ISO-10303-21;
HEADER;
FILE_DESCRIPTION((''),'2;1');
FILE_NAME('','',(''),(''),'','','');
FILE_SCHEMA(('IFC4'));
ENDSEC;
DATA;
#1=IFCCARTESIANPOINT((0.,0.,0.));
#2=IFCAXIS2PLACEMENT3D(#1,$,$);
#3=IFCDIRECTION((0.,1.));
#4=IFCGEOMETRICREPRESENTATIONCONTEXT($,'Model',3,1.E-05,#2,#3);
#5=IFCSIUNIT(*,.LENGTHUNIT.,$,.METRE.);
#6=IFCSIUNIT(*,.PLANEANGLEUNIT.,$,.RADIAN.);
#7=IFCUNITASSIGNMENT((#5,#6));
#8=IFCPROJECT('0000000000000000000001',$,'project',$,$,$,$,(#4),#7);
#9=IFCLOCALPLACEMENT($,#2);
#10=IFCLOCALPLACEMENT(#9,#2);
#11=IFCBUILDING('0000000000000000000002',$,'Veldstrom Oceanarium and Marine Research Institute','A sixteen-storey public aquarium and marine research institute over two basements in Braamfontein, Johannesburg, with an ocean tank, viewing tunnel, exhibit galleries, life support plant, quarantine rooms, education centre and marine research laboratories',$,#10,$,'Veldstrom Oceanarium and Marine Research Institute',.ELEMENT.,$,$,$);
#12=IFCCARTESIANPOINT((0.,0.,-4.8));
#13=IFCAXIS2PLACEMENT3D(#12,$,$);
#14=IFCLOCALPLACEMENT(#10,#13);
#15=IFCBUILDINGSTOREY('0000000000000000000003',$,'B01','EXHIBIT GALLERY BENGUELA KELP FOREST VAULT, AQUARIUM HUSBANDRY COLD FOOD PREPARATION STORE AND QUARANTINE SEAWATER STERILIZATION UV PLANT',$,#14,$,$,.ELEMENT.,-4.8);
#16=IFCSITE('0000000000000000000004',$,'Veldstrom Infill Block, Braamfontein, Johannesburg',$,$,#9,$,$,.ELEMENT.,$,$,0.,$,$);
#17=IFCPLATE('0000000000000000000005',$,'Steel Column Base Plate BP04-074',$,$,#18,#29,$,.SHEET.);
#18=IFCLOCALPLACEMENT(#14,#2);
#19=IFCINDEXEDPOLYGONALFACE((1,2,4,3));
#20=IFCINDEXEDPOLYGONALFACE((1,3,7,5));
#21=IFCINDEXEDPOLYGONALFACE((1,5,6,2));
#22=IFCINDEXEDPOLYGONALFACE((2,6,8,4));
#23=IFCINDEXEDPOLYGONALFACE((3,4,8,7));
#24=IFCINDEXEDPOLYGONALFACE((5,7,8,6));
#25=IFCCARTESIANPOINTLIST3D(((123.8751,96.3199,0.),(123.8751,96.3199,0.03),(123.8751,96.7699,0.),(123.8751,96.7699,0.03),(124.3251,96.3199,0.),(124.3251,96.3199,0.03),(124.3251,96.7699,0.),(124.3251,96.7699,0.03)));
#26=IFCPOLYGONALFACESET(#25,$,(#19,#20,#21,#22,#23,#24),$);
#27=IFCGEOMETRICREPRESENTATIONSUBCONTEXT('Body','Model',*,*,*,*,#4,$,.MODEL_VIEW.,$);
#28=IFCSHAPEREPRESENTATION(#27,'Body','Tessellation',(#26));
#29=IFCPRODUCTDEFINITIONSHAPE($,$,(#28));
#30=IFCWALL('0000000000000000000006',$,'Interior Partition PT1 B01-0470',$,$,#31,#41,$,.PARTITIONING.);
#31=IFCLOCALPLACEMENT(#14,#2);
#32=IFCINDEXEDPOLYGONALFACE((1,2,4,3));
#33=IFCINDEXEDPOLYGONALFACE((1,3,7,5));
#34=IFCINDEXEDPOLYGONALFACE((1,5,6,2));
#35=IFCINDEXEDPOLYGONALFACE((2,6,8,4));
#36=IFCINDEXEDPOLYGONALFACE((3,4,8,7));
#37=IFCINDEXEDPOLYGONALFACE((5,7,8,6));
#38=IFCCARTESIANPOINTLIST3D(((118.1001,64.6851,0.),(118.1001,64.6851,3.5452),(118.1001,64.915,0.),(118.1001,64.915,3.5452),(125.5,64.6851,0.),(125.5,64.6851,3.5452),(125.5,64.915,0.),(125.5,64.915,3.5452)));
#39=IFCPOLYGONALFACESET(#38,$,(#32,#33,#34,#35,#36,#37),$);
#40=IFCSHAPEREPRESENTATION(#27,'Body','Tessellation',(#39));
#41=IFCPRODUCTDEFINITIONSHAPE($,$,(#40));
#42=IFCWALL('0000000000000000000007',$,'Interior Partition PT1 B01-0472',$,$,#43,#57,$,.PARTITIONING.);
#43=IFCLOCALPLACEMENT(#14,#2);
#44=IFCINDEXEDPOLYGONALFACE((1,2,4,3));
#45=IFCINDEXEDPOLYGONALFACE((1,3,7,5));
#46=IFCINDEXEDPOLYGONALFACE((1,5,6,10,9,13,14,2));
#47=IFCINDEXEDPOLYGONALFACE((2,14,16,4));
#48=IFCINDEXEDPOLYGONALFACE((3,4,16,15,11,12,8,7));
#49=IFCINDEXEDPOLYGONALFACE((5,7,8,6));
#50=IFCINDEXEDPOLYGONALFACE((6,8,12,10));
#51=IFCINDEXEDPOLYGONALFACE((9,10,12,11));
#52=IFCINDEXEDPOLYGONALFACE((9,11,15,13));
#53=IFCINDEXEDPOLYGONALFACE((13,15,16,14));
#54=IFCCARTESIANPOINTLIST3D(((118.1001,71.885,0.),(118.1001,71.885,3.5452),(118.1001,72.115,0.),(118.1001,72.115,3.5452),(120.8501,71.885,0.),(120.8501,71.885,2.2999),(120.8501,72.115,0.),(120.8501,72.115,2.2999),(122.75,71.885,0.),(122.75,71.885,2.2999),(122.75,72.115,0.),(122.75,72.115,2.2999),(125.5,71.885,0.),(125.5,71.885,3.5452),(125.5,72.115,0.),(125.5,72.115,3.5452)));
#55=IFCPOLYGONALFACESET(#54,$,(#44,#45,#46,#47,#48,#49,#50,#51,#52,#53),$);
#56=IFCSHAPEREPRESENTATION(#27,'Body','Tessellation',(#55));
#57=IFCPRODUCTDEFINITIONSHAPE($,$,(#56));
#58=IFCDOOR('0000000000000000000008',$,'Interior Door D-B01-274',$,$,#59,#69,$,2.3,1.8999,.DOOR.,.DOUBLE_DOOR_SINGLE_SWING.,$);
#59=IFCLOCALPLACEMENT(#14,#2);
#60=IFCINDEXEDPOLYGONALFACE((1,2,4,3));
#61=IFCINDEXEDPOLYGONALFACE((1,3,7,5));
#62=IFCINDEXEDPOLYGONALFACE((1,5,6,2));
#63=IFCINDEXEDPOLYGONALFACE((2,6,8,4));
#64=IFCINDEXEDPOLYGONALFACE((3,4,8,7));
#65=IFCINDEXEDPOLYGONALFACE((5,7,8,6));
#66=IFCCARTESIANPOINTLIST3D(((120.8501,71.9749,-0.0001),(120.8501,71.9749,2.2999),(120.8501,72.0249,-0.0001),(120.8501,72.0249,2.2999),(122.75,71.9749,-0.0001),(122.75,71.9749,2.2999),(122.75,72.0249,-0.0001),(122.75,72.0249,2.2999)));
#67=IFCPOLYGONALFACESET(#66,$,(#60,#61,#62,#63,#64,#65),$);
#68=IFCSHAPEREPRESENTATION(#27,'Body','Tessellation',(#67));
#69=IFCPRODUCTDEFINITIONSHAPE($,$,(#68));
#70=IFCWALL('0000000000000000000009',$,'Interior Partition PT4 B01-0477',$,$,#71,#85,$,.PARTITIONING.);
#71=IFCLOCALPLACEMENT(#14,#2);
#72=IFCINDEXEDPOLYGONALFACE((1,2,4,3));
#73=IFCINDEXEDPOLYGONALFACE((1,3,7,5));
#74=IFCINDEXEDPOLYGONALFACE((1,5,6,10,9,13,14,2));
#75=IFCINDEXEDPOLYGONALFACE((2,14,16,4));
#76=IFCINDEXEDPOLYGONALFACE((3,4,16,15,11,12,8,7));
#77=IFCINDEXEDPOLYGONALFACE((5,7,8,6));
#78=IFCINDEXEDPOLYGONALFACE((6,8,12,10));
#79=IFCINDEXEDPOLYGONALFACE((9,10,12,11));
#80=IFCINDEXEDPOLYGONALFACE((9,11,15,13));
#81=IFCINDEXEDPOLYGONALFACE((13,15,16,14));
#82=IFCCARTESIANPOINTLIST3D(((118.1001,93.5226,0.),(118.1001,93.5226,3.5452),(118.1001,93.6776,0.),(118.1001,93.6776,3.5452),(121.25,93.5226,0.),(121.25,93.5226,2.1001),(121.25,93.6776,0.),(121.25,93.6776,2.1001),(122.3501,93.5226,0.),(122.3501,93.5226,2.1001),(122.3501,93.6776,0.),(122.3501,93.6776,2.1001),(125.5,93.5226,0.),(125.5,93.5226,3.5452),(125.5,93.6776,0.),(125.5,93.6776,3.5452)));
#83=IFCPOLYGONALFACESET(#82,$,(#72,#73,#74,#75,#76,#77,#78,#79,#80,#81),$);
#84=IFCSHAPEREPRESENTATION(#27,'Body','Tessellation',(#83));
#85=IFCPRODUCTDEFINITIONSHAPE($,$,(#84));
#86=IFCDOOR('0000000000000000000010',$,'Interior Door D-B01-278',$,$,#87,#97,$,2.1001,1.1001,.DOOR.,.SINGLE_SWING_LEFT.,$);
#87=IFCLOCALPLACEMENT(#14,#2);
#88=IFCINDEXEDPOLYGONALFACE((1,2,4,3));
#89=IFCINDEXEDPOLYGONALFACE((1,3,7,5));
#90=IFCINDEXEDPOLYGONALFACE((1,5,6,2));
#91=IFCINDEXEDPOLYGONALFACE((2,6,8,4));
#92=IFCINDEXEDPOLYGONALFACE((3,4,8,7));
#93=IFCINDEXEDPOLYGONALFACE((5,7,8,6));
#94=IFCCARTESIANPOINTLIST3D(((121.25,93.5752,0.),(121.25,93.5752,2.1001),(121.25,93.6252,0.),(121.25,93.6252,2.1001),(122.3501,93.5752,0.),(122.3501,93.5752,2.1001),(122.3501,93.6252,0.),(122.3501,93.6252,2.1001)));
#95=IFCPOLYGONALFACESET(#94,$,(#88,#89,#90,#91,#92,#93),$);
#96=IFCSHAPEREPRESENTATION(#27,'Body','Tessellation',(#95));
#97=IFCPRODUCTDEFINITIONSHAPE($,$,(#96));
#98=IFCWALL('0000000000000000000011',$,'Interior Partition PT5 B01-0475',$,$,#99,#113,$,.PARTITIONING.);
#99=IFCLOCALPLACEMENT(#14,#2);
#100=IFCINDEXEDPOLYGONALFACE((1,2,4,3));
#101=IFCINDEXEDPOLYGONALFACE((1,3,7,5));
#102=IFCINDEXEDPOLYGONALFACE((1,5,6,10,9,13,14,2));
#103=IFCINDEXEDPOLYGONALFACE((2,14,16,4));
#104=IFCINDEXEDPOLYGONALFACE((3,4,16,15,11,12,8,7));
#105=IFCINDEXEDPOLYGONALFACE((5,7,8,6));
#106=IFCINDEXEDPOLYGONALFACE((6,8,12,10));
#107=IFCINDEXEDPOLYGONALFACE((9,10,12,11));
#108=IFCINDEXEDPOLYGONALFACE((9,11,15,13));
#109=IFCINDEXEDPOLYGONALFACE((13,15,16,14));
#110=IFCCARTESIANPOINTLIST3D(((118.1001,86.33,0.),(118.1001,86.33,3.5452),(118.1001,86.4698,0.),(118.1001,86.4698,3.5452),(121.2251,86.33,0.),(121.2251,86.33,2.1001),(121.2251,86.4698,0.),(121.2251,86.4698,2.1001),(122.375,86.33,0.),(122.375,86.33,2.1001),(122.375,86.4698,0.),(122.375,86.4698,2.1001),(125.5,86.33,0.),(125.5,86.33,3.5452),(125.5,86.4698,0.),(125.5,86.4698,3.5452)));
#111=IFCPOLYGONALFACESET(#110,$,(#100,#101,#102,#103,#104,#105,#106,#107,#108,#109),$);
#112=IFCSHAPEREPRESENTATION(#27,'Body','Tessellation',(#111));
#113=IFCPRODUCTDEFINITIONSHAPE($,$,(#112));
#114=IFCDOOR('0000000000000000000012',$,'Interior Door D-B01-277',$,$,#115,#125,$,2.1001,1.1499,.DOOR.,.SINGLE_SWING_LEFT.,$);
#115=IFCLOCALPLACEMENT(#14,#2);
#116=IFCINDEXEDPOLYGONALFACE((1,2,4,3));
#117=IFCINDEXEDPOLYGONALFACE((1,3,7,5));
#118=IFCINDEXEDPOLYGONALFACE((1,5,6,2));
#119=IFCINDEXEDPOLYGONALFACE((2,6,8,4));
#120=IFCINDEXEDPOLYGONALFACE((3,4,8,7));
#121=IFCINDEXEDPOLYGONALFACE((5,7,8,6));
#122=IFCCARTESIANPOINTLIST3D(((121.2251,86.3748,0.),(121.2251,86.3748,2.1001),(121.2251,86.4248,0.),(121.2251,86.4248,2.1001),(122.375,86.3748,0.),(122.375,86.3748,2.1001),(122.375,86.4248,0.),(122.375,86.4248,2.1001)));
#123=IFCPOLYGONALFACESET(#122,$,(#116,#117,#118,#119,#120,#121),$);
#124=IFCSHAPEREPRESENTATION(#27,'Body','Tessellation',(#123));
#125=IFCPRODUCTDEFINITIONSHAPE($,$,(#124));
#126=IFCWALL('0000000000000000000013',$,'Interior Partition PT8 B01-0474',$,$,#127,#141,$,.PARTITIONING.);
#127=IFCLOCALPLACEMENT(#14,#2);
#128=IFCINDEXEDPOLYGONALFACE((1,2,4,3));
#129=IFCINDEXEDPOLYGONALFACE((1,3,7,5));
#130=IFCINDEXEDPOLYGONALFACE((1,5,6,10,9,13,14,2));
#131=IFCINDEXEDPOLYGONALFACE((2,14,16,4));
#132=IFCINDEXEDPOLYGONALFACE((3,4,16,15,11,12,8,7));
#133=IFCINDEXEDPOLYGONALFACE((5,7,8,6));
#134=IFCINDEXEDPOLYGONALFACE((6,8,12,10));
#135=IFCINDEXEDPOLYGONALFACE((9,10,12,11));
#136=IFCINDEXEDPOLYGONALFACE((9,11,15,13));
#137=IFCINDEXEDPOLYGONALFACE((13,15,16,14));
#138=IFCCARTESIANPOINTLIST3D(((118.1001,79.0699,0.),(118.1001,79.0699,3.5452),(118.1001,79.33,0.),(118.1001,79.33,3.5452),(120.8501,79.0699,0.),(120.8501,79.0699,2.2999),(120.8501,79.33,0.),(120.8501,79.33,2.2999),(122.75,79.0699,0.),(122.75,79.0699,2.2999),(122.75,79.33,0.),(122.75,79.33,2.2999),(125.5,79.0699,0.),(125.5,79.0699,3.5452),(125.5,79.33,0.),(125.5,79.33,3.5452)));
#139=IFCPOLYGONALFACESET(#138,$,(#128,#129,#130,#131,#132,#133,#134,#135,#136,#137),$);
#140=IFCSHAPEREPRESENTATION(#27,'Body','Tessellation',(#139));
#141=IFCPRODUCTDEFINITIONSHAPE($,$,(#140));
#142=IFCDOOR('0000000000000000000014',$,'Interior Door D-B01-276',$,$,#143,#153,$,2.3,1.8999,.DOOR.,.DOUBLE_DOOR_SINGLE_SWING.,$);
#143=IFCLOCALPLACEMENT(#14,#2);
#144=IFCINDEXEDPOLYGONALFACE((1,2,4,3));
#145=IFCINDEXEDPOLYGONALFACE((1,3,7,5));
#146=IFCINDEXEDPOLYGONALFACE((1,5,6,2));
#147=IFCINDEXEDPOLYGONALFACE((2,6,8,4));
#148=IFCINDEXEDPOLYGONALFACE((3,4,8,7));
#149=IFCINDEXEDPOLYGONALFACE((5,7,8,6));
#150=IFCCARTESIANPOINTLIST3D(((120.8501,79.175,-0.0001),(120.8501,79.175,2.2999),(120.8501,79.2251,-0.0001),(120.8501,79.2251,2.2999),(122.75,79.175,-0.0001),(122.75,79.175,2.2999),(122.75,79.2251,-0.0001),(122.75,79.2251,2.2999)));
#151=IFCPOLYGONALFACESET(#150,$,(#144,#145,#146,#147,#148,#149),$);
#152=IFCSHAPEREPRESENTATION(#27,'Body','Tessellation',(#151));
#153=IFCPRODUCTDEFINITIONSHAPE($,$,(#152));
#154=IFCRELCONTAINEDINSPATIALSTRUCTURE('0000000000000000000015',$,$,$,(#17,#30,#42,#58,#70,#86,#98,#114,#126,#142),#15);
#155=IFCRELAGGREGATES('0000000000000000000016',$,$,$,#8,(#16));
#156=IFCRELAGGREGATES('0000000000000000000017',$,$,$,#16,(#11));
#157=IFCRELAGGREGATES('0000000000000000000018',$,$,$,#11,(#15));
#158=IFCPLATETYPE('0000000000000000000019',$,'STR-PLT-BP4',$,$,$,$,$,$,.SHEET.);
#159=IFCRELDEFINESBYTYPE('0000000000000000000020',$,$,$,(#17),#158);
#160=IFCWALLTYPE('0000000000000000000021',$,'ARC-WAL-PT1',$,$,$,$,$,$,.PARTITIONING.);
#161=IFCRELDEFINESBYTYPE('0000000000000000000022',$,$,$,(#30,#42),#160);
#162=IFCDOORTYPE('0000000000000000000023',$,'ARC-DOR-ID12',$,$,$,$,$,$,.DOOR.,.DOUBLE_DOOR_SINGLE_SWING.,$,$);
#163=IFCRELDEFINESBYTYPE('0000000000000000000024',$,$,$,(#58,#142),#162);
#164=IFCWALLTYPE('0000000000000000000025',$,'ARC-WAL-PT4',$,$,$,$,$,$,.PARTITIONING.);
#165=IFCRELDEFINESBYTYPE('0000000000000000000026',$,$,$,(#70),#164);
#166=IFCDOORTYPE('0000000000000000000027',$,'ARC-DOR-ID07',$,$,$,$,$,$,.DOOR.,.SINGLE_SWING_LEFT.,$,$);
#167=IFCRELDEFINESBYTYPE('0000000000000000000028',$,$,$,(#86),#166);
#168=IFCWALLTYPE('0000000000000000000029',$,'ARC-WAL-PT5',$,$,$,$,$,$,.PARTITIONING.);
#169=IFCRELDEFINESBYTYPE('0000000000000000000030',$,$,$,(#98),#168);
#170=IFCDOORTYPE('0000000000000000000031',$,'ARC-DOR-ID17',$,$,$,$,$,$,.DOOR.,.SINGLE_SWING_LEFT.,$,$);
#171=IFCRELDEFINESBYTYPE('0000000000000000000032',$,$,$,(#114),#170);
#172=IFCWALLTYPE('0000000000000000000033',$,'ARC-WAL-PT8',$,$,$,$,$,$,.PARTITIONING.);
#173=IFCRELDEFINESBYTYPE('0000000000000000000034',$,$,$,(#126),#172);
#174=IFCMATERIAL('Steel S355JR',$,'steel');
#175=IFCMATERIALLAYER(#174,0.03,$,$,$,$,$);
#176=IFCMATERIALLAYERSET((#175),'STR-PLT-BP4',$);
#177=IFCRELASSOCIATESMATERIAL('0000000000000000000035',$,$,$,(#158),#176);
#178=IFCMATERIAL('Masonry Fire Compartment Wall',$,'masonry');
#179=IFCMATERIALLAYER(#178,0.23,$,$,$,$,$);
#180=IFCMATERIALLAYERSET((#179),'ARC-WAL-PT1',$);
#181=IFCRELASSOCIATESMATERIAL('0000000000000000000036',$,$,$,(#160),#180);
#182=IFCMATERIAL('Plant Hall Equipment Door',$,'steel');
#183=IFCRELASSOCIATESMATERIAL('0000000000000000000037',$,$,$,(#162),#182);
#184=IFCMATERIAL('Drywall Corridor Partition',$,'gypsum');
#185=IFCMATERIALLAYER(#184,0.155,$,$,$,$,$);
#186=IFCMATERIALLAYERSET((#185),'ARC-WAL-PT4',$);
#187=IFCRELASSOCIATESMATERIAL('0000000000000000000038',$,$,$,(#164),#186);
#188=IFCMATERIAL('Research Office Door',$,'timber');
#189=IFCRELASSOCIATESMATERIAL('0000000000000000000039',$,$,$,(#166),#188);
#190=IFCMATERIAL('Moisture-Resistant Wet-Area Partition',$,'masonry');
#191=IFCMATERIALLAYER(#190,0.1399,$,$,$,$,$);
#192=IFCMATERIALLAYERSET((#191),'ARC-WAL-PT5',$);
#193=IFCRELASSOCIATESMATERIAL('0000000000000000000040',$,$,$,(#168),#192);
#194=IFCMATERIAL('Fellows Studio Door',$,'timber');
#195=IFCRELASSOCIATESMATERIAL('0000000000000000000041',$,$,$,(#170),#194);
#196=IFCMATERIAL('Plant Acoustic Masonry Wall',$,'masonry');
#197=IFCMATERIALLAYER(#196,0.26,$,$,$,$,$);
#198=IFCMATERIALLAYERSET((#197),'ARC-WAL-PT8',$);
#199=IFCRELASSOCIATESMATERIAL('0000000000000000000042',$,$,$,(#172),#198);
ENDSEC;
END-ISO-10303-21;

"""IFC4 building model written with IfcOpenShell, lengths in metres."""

from ifc_helpers import new_model, si_unit, direction, frame, frame_2d, origin, origin_2d, place, context, subcontext, project, spatial, rectangle, extrude, material, layer, layer_set, type_object, element, fill, save


model = new_model("IFC4")

# Units and contexts
model_context = context("Model", 3, precision=1e-05, world=origin(), true_north=direction((0.0, 1.0)))
body_context = subcontext(model_context, "Body", "Model", "MODEL_VIEW")
ifc_project = project(units=[si_unit("LENGTHUNIT", "METRE"), si_unit("PLANEANGLEUNIT", "RADIAN")], contexts=[model_context])

# Site, building, storey
site_placement = place(None, origin())
site = spatial("IfcSite", under=ifc_project, at=site_placement, Name="Veldstrom Infill Block, Braamfontein, Johannesburg", CompositionType="ELEMENT", RefElevation=0.0)
building_placement = place(site_placement, origin())
building = spatial("IfcBuilding", under=site, at=building_placement, Name="Veldstrom Oceanarium and Marine Research Institute", Description="A sixteen-storey public aquarium and marine research institute over two basements in Braamfontein, Johannesburg, with an ocean tank, viewing tunnel, exhibit galleries, life support plant, quarantine rooms, education centre and marine research laboratories", LongName="Veldstrom Oceanarium and Marine Research Institute", CompositionType="ELEMENT")
storey_placement = place(building_placement, frame((0.0, 0.0, -4.8)))
storey = spatial("IfcBuildingStorey", under=building, at=storey_placement, Name="B01", Description="EXHIBIT GALLERY BENGUELA KELP FOREST VAULT, AQUARIUM HUSBANDRY COLD FOOD PREPARATION STORE AND QUARANTINE SEAWATER STERILIZATION UV PLANT", CompositionType="ELEMENT", Elevation=-4.8)

# Plate
ifc_material_1 = material(Name="Steel S355JR", Category="steel")
ifc_layer_1 = layer(ifc_material_1, 0.03)
ifc_layer_set_1 = layer_set([ifc_layer_1], Name="STR-PLT-BP4")
plate_type_1 = type_object("IfcPlateType", Name="STR-PLT-BP4", PredefinedType="SHEET", material=ifc_layer_set_1)
plate_1_placement = place(storey_placement, frame((124.1001, 96.5449, 0.0), z_axis=(0.0, 0.0, 1.0), x_axis=(1.0, 0.0, 0.0)))
element("IfcPlate", 1, at=plate_1_placement, inside=storey, type_object=plate_type_1, Name="Steel Column Base Plate BP04-074", PredefinedType="SHEET", context=body_context, shape_type="SweptSolid", body=[
    extrude(rectangle(XDim=0.45, YDim=0.45, at=origin_2d()), origin(), (0.0, 0.0, 1.0), 0.03),
])

# Wall
ifc_material_2 = material(Name="Masonry Fire Compartment Wall", Category="masonry")
ifc_layer_2 = layer(ifc_material_2, 0.23)
ifc_layer_set_2 = layer_set([ifc_layer_2], Name="ARC-WAL-PT1")
wall_type_1 = type_object("IfcWallType", Name="ARC-WAL-PT1", PredefinedType="PARTITIONING", material=ifc_layer_set_2)
wall_1_placement = place(storey_placement, frame((118.1001, 64.8, 0.0), z_axis=(0.0, 0.0, 1.0), x_axis=(1.0, 0.0, 0.0)))
element("IfcWall", 2, at=wall_1_placement, inside=storey, type_object=wall_type_1, Name="Interior Partition PT1 B01-0470", PredefinedType="PARTITIONING", context=body_context, shape_type="SweptSolid", body=[
    extrude(rectangle(XDim=7.3999, YDim=0.23, at=frame_2d((3.7, 0.0))), origin(), (0.0, 0.0, 1.0), 3.5452),
])

# Walls, openings, doors
wall_2_placement = place(storey_placement, frame((118.1001, 72.0, 0.0), z_axis=(0.0, 0.0, 1.0), x_axis=(1.0, 0.0, 0.0)))
wall_2 = element("IfcWall", 3, at=wall_2_placement, inside=storey, type_object=wall_type_1, Name="Interior Partition PT1 B01-0472", PredefinedType="PARTITIONING", context=body_context, shape_type="SweptSolid", body=[
    extrude(rectangle(XDim=7.3999, YDim=0.23, at=frame_2d((3.7, 0.0))), origin(), (0.0, 0.0, 1.0), 3.5452),
])
opening_1_placement = place(wall_2_placement, frame((2.75, 0.0, 0.0)))
opening_1 = element("IfcOpeningElement", 4, at=opening_1_placement, cuts=wall_2, PredefinedType="OPENING", context=body_context, shape_type="SweptSolid", body=[
    extrude(rectangle(XDim=1.8999, YDim=2.3, at=frame_2d((0.95, 1.1499))), frame((0.0, 0.125, 0.0), z_axis=(0.0, -1.0, 0.0), x_axis=(1.0, 0.0, 0.0)), (0.0, 0.0, 1.0), 0.25),
])
ifc_material_3 = material(Name="Plant Hall Equipment Door", Category="steel")
door_type_1 = type_object("IfcDoorType", Name="ARC-DOR-ID12", OperationType="DOUBLE_DOOR_SINGLE_SWING", PredefinedType="DOOR", material=ifc_material_3)
door_1_placement = place(opening_1_placement, origin())
door_1 = element("IfcDoor", 5, at=door_1_placement, inside=storey, type_object=door_type_1, Name="Interior Door D-B01-274", OperationType="DOUBLE_DOOR_SINGLE_SWING", OverallHeight=2.3, OverallWidth=1.8999, PredefinedType="DOOR", context=body_context, shape_type="SweptSolid", body=[
    extrude(rectangle(XDim=1.8999, YDim=2.3, at=frame_2d((0.95, 1.1499))), frame((0.0, 0.0249, 0.0), z_axis=(0.0, -1.0, 0.0), x_axis=(1.0, 0.0, 0.0)), (0.0, 0.0, 1.0), 0.05),
])
fill(opening_1, door_1)
ifc_material_4 = material(Name="Drywall Corridor Partition", Category="gypsum")
ifc_layer_3 = layer(ifc_material_4, 0.155)
ifc_layer_set_3 = layer_set([ifc_layer_3], Name="ARC-WAL-PT4")
wall_type_2 = type_object("IfcWallType", Name="ARC-WAL-PT4", PredefinedType="PARTITIONING", material=ifc_layer_set_3)
wall_3_placement = place(storey_placement, frame((118.1001, 93.6001, 0.0), z_axis=(0.0, 0.0, 1.0), x_axis=(1.0, 0.0, 0.0)))
wall_3 = element("IfcWall", 6, at=wall_3_placement, inside=storey, type_object=wall_type_2, Name="Interior Partition PT4 B01-0477", PredefinedType="PARTITIONING", context=body_context, shape_type="SweptSolid", body=[
    extrude(rectangle(XDim=7.3999, YDim=0.155, at=frame_2d((3.7, 0.0))), origin(), (0.0, 0.0, 1.0), 3.5452),
])
opening_2_placement = place(wall_3_placement, frame((3.1499, 0.0, 0.0)))
opening_2 = element("IfcOpeningElement", 7, at=opening_2_placement, cuts=wall_3, PredefinedType="OPENING", context=body_context, shape_type="SweptSolid", body=[
    extrude(rectangle(XDim=1.1001, YDim=2.1001, at=frame_2d((0.55, 1.05))), frame((0.0, 0.0874, 0.0), z_axis=(0.0, -1.0, 0.0), x_axis=(1.0, 0.0, 0.0)), (0.0, 0.0, 1.0), 0.175),
])
ifc_material_5 = material(Name="Research Office Door", Category="timber")
door_type_2 = type_object("IfcDoorType", Name="ARC-DOR-ID07", OperationType="SINGLE_SWING_LEFT", PredefinedType="DOOR", material=ifc_material_5)
door_2_placement = place(opening_2_placement, frame((1.1001, 0.0, 0.0), z_axis=(0.0, 0.0, 1.0), x_axis=(-1.0, 0.0, 0.0)))
door_2 = element("IfcDoor", 8, at=door_2_placement, inside=storey, type_object=door_type_2, Name="Interior Door D-B01-278", OperationType="SINGLE_SWING_LEFT", OverallHeight=2.1001, OverallWidth=1.1001, PredefinedType="DOOR", context=body_context, shape_type="SweptSolid", body=[
    extrude(rectangle(XDim=1.1001, YDim=2.1001, at=frame_2d((0.55, 1.05))), frame((0.0, 0.0249, 0.0), z_axis=(0.0, -1.0, 0.0), x_axis=(1.0, 0.0, 0.0)), (0.0, 0.0, 1.0), 0.05),
])
fill(opening_2, door_2)
ifc_material_6 = material(Name="Moisture-Resistant Wet-Area Partition", Category="masonry")
ifc_layer_4 = layer(ifc_material_6, 0.1399)
ifc_layer_set_4 = layer_set([ifc_layer_4], Name="ARC-WAL-PT5")
wall_type_3 = type_object("IfcWallType", Name="ARC-WAL-PT5", PredefinedType="PARTITIONING", material=ifc_layer_set_4)
wall_4_placement = place(storey_placement, frame((118.1001, 86.3999, 0.0), z_axis=(0.0, 0.0, 1.0), x_axis=(1.0, 0.0, 0.0)))
wall_4 = element("IfcWall", 9, at=wall_4_placement, inside=storey, type_object=wall_type_3, Name="Interior Partition PT5 B01-0475", PredefinedType="PARTITIONING", context=body_context, shape_type="SweptSolid", body=[
    extrude(rectangle(XDim=7.3999, YDim=0.1399, at=frame_2d((3.7, 0.0))), origin(), (0.0, 0.0, 1.0), 3.5452),
])
opening_3_placement = place(wall_4_placement, frame((3.125, 0.0, 0.0)))
opening_3 = element("IfcOpeningElement", 10, at=opening_3_placement, cuts=wall_4, PredefinedType="OPENING", context=body_context, shape_type="SweptSolid", body=[
    extrude(rectangle(XDim=1.1499, YDim=2.1001, at=frame_2d((0.575, 1.05))), frame((0.0, 0.0798, 0.0), z_axis=(0.0, -1.0, 0.0), x_axis=(1.0, 0.0, 0.0)), (0.0, 0.0, 1.0), 0.1599),
])
ifc_material_7 = material(Name="Fellows Studio Door", Category="timber")
door_type_3 = type_object("IfcDoorType", Name="ARC-DOR-ID17", OperationType="SINGLE_SWING_LEFT", PredefinedType="DOOR", material=ifc_material_7)
door_3_placement = place(opening_3_placement, origin())
door_3 = element("IfcDoor", 11, at=door_3_placement, inside=storey, type_object=door_type_3, Name="Interior Door D-B01-277", OperationType="SINGLE_SWING_LEFT", OverallHeight=2.1001, OverallWidth=1.1499, PredefinedType="DOOR", context=body_context, shape_type="SweptSolid", body=[
    extrude(rectangle(XDim=1.1499, YDim=2.1001, at=frame_2d((0.575, 1.05))), frame((0.0, 0.0249, 0.0), z_axis=(0.0, -1.0, 0.0), x_axis=(1.0, 0.0, 0.0)), (0.0, 0.0, 1.0), 0.05),
])
fill(opening_3, door_3)
ifc_material_8 = material(Name="Plant Acoustic Masonry Wall", Category="masonry")
ifc_layer_5 = layer(ifc_material_8, 0.26)
ifc_layer_set_5 = layer_set([ifc_layer_5], Name="ARC-WAL-PT8")
wall_type_4 = type_object("IfcWallType", Name="ARC-WAL-PT8", PredefinedType="PARTITIONING", material=ifc_layer_set_5)
wall_5_placement = place(storey_placement, frame((118.1001, 79.2, 0.0), z_axis=(0.0, 0.0, 1.0), x_axis=(1.0, 0.0, 0.0)))
wall_5 = element("IfcWall", 12, at=wall_5_placement, inside=storey, type_object=wall_type_4, Name="Interior Partition PT8 B01-0474", PredefinedType="PARTITIONING", context=body_context, shape_type="SweptSolid", body=[
    extrude(rectangle(XDim=7.3999, YDim=0.26, at=frame_2d((3.7, 0.0))), origin(), (0.0, 0.0, 1.0), 3.5452),
])
opening_4_placement = place(wall_5_placement, frame((2.75, 0.0, 0.0)))
opening_4 = element("IfcOpeningElement", 13, at=opening_4_placement, cuts=wall_5, PredefinedType="OPENING", context=body_context, shape_type="SweptSolid", body=[
    extrude(rectangle(XDim=1.8999, YDim=2.3, at=frame_2d((0.95, 1.1499))), frame((0.0, 0.1399, 0.0), z_axis=(0.0, -1.0, 0.0), x_axis=(1.0, 0.0, 0.0)), (0.0, 0.0, 1.0), 0.28),
])
door_4_placement = place(opening_4_placement, frame((1.8999, 0.0, 0.0), z_axis=(0.0, 0.0, 1.0), x_axis=(-1.0, 0.0, 0.0)))
door_4 = element("IfcDoor", 14, at=door_4_placement, inside=storey, type_object=door_type_1, Name="Interior Door D-B01-276", OperationType="DOUBLE_DOOR_SINGLE_SWING", OverallHeight=2.3, OverallWidth=1.8999, PredefinedType="DOOR", context=body_context, shape_type="SweptSolid", body=[
    extrude(rectangle(XDim=1.8999, YDim=2.3, at=frame_2d((0.95, 1.1499))), frame((0.0, 0.0249, 0.0), z_axis=(0.0, -1.0, 0.0), x_axis=(1.0, 0.0, 0.0)), (0.0, 0.0, 1.0), 0.05),
])
fill(opening_4, door_4)

save(model, "model.ifc")
